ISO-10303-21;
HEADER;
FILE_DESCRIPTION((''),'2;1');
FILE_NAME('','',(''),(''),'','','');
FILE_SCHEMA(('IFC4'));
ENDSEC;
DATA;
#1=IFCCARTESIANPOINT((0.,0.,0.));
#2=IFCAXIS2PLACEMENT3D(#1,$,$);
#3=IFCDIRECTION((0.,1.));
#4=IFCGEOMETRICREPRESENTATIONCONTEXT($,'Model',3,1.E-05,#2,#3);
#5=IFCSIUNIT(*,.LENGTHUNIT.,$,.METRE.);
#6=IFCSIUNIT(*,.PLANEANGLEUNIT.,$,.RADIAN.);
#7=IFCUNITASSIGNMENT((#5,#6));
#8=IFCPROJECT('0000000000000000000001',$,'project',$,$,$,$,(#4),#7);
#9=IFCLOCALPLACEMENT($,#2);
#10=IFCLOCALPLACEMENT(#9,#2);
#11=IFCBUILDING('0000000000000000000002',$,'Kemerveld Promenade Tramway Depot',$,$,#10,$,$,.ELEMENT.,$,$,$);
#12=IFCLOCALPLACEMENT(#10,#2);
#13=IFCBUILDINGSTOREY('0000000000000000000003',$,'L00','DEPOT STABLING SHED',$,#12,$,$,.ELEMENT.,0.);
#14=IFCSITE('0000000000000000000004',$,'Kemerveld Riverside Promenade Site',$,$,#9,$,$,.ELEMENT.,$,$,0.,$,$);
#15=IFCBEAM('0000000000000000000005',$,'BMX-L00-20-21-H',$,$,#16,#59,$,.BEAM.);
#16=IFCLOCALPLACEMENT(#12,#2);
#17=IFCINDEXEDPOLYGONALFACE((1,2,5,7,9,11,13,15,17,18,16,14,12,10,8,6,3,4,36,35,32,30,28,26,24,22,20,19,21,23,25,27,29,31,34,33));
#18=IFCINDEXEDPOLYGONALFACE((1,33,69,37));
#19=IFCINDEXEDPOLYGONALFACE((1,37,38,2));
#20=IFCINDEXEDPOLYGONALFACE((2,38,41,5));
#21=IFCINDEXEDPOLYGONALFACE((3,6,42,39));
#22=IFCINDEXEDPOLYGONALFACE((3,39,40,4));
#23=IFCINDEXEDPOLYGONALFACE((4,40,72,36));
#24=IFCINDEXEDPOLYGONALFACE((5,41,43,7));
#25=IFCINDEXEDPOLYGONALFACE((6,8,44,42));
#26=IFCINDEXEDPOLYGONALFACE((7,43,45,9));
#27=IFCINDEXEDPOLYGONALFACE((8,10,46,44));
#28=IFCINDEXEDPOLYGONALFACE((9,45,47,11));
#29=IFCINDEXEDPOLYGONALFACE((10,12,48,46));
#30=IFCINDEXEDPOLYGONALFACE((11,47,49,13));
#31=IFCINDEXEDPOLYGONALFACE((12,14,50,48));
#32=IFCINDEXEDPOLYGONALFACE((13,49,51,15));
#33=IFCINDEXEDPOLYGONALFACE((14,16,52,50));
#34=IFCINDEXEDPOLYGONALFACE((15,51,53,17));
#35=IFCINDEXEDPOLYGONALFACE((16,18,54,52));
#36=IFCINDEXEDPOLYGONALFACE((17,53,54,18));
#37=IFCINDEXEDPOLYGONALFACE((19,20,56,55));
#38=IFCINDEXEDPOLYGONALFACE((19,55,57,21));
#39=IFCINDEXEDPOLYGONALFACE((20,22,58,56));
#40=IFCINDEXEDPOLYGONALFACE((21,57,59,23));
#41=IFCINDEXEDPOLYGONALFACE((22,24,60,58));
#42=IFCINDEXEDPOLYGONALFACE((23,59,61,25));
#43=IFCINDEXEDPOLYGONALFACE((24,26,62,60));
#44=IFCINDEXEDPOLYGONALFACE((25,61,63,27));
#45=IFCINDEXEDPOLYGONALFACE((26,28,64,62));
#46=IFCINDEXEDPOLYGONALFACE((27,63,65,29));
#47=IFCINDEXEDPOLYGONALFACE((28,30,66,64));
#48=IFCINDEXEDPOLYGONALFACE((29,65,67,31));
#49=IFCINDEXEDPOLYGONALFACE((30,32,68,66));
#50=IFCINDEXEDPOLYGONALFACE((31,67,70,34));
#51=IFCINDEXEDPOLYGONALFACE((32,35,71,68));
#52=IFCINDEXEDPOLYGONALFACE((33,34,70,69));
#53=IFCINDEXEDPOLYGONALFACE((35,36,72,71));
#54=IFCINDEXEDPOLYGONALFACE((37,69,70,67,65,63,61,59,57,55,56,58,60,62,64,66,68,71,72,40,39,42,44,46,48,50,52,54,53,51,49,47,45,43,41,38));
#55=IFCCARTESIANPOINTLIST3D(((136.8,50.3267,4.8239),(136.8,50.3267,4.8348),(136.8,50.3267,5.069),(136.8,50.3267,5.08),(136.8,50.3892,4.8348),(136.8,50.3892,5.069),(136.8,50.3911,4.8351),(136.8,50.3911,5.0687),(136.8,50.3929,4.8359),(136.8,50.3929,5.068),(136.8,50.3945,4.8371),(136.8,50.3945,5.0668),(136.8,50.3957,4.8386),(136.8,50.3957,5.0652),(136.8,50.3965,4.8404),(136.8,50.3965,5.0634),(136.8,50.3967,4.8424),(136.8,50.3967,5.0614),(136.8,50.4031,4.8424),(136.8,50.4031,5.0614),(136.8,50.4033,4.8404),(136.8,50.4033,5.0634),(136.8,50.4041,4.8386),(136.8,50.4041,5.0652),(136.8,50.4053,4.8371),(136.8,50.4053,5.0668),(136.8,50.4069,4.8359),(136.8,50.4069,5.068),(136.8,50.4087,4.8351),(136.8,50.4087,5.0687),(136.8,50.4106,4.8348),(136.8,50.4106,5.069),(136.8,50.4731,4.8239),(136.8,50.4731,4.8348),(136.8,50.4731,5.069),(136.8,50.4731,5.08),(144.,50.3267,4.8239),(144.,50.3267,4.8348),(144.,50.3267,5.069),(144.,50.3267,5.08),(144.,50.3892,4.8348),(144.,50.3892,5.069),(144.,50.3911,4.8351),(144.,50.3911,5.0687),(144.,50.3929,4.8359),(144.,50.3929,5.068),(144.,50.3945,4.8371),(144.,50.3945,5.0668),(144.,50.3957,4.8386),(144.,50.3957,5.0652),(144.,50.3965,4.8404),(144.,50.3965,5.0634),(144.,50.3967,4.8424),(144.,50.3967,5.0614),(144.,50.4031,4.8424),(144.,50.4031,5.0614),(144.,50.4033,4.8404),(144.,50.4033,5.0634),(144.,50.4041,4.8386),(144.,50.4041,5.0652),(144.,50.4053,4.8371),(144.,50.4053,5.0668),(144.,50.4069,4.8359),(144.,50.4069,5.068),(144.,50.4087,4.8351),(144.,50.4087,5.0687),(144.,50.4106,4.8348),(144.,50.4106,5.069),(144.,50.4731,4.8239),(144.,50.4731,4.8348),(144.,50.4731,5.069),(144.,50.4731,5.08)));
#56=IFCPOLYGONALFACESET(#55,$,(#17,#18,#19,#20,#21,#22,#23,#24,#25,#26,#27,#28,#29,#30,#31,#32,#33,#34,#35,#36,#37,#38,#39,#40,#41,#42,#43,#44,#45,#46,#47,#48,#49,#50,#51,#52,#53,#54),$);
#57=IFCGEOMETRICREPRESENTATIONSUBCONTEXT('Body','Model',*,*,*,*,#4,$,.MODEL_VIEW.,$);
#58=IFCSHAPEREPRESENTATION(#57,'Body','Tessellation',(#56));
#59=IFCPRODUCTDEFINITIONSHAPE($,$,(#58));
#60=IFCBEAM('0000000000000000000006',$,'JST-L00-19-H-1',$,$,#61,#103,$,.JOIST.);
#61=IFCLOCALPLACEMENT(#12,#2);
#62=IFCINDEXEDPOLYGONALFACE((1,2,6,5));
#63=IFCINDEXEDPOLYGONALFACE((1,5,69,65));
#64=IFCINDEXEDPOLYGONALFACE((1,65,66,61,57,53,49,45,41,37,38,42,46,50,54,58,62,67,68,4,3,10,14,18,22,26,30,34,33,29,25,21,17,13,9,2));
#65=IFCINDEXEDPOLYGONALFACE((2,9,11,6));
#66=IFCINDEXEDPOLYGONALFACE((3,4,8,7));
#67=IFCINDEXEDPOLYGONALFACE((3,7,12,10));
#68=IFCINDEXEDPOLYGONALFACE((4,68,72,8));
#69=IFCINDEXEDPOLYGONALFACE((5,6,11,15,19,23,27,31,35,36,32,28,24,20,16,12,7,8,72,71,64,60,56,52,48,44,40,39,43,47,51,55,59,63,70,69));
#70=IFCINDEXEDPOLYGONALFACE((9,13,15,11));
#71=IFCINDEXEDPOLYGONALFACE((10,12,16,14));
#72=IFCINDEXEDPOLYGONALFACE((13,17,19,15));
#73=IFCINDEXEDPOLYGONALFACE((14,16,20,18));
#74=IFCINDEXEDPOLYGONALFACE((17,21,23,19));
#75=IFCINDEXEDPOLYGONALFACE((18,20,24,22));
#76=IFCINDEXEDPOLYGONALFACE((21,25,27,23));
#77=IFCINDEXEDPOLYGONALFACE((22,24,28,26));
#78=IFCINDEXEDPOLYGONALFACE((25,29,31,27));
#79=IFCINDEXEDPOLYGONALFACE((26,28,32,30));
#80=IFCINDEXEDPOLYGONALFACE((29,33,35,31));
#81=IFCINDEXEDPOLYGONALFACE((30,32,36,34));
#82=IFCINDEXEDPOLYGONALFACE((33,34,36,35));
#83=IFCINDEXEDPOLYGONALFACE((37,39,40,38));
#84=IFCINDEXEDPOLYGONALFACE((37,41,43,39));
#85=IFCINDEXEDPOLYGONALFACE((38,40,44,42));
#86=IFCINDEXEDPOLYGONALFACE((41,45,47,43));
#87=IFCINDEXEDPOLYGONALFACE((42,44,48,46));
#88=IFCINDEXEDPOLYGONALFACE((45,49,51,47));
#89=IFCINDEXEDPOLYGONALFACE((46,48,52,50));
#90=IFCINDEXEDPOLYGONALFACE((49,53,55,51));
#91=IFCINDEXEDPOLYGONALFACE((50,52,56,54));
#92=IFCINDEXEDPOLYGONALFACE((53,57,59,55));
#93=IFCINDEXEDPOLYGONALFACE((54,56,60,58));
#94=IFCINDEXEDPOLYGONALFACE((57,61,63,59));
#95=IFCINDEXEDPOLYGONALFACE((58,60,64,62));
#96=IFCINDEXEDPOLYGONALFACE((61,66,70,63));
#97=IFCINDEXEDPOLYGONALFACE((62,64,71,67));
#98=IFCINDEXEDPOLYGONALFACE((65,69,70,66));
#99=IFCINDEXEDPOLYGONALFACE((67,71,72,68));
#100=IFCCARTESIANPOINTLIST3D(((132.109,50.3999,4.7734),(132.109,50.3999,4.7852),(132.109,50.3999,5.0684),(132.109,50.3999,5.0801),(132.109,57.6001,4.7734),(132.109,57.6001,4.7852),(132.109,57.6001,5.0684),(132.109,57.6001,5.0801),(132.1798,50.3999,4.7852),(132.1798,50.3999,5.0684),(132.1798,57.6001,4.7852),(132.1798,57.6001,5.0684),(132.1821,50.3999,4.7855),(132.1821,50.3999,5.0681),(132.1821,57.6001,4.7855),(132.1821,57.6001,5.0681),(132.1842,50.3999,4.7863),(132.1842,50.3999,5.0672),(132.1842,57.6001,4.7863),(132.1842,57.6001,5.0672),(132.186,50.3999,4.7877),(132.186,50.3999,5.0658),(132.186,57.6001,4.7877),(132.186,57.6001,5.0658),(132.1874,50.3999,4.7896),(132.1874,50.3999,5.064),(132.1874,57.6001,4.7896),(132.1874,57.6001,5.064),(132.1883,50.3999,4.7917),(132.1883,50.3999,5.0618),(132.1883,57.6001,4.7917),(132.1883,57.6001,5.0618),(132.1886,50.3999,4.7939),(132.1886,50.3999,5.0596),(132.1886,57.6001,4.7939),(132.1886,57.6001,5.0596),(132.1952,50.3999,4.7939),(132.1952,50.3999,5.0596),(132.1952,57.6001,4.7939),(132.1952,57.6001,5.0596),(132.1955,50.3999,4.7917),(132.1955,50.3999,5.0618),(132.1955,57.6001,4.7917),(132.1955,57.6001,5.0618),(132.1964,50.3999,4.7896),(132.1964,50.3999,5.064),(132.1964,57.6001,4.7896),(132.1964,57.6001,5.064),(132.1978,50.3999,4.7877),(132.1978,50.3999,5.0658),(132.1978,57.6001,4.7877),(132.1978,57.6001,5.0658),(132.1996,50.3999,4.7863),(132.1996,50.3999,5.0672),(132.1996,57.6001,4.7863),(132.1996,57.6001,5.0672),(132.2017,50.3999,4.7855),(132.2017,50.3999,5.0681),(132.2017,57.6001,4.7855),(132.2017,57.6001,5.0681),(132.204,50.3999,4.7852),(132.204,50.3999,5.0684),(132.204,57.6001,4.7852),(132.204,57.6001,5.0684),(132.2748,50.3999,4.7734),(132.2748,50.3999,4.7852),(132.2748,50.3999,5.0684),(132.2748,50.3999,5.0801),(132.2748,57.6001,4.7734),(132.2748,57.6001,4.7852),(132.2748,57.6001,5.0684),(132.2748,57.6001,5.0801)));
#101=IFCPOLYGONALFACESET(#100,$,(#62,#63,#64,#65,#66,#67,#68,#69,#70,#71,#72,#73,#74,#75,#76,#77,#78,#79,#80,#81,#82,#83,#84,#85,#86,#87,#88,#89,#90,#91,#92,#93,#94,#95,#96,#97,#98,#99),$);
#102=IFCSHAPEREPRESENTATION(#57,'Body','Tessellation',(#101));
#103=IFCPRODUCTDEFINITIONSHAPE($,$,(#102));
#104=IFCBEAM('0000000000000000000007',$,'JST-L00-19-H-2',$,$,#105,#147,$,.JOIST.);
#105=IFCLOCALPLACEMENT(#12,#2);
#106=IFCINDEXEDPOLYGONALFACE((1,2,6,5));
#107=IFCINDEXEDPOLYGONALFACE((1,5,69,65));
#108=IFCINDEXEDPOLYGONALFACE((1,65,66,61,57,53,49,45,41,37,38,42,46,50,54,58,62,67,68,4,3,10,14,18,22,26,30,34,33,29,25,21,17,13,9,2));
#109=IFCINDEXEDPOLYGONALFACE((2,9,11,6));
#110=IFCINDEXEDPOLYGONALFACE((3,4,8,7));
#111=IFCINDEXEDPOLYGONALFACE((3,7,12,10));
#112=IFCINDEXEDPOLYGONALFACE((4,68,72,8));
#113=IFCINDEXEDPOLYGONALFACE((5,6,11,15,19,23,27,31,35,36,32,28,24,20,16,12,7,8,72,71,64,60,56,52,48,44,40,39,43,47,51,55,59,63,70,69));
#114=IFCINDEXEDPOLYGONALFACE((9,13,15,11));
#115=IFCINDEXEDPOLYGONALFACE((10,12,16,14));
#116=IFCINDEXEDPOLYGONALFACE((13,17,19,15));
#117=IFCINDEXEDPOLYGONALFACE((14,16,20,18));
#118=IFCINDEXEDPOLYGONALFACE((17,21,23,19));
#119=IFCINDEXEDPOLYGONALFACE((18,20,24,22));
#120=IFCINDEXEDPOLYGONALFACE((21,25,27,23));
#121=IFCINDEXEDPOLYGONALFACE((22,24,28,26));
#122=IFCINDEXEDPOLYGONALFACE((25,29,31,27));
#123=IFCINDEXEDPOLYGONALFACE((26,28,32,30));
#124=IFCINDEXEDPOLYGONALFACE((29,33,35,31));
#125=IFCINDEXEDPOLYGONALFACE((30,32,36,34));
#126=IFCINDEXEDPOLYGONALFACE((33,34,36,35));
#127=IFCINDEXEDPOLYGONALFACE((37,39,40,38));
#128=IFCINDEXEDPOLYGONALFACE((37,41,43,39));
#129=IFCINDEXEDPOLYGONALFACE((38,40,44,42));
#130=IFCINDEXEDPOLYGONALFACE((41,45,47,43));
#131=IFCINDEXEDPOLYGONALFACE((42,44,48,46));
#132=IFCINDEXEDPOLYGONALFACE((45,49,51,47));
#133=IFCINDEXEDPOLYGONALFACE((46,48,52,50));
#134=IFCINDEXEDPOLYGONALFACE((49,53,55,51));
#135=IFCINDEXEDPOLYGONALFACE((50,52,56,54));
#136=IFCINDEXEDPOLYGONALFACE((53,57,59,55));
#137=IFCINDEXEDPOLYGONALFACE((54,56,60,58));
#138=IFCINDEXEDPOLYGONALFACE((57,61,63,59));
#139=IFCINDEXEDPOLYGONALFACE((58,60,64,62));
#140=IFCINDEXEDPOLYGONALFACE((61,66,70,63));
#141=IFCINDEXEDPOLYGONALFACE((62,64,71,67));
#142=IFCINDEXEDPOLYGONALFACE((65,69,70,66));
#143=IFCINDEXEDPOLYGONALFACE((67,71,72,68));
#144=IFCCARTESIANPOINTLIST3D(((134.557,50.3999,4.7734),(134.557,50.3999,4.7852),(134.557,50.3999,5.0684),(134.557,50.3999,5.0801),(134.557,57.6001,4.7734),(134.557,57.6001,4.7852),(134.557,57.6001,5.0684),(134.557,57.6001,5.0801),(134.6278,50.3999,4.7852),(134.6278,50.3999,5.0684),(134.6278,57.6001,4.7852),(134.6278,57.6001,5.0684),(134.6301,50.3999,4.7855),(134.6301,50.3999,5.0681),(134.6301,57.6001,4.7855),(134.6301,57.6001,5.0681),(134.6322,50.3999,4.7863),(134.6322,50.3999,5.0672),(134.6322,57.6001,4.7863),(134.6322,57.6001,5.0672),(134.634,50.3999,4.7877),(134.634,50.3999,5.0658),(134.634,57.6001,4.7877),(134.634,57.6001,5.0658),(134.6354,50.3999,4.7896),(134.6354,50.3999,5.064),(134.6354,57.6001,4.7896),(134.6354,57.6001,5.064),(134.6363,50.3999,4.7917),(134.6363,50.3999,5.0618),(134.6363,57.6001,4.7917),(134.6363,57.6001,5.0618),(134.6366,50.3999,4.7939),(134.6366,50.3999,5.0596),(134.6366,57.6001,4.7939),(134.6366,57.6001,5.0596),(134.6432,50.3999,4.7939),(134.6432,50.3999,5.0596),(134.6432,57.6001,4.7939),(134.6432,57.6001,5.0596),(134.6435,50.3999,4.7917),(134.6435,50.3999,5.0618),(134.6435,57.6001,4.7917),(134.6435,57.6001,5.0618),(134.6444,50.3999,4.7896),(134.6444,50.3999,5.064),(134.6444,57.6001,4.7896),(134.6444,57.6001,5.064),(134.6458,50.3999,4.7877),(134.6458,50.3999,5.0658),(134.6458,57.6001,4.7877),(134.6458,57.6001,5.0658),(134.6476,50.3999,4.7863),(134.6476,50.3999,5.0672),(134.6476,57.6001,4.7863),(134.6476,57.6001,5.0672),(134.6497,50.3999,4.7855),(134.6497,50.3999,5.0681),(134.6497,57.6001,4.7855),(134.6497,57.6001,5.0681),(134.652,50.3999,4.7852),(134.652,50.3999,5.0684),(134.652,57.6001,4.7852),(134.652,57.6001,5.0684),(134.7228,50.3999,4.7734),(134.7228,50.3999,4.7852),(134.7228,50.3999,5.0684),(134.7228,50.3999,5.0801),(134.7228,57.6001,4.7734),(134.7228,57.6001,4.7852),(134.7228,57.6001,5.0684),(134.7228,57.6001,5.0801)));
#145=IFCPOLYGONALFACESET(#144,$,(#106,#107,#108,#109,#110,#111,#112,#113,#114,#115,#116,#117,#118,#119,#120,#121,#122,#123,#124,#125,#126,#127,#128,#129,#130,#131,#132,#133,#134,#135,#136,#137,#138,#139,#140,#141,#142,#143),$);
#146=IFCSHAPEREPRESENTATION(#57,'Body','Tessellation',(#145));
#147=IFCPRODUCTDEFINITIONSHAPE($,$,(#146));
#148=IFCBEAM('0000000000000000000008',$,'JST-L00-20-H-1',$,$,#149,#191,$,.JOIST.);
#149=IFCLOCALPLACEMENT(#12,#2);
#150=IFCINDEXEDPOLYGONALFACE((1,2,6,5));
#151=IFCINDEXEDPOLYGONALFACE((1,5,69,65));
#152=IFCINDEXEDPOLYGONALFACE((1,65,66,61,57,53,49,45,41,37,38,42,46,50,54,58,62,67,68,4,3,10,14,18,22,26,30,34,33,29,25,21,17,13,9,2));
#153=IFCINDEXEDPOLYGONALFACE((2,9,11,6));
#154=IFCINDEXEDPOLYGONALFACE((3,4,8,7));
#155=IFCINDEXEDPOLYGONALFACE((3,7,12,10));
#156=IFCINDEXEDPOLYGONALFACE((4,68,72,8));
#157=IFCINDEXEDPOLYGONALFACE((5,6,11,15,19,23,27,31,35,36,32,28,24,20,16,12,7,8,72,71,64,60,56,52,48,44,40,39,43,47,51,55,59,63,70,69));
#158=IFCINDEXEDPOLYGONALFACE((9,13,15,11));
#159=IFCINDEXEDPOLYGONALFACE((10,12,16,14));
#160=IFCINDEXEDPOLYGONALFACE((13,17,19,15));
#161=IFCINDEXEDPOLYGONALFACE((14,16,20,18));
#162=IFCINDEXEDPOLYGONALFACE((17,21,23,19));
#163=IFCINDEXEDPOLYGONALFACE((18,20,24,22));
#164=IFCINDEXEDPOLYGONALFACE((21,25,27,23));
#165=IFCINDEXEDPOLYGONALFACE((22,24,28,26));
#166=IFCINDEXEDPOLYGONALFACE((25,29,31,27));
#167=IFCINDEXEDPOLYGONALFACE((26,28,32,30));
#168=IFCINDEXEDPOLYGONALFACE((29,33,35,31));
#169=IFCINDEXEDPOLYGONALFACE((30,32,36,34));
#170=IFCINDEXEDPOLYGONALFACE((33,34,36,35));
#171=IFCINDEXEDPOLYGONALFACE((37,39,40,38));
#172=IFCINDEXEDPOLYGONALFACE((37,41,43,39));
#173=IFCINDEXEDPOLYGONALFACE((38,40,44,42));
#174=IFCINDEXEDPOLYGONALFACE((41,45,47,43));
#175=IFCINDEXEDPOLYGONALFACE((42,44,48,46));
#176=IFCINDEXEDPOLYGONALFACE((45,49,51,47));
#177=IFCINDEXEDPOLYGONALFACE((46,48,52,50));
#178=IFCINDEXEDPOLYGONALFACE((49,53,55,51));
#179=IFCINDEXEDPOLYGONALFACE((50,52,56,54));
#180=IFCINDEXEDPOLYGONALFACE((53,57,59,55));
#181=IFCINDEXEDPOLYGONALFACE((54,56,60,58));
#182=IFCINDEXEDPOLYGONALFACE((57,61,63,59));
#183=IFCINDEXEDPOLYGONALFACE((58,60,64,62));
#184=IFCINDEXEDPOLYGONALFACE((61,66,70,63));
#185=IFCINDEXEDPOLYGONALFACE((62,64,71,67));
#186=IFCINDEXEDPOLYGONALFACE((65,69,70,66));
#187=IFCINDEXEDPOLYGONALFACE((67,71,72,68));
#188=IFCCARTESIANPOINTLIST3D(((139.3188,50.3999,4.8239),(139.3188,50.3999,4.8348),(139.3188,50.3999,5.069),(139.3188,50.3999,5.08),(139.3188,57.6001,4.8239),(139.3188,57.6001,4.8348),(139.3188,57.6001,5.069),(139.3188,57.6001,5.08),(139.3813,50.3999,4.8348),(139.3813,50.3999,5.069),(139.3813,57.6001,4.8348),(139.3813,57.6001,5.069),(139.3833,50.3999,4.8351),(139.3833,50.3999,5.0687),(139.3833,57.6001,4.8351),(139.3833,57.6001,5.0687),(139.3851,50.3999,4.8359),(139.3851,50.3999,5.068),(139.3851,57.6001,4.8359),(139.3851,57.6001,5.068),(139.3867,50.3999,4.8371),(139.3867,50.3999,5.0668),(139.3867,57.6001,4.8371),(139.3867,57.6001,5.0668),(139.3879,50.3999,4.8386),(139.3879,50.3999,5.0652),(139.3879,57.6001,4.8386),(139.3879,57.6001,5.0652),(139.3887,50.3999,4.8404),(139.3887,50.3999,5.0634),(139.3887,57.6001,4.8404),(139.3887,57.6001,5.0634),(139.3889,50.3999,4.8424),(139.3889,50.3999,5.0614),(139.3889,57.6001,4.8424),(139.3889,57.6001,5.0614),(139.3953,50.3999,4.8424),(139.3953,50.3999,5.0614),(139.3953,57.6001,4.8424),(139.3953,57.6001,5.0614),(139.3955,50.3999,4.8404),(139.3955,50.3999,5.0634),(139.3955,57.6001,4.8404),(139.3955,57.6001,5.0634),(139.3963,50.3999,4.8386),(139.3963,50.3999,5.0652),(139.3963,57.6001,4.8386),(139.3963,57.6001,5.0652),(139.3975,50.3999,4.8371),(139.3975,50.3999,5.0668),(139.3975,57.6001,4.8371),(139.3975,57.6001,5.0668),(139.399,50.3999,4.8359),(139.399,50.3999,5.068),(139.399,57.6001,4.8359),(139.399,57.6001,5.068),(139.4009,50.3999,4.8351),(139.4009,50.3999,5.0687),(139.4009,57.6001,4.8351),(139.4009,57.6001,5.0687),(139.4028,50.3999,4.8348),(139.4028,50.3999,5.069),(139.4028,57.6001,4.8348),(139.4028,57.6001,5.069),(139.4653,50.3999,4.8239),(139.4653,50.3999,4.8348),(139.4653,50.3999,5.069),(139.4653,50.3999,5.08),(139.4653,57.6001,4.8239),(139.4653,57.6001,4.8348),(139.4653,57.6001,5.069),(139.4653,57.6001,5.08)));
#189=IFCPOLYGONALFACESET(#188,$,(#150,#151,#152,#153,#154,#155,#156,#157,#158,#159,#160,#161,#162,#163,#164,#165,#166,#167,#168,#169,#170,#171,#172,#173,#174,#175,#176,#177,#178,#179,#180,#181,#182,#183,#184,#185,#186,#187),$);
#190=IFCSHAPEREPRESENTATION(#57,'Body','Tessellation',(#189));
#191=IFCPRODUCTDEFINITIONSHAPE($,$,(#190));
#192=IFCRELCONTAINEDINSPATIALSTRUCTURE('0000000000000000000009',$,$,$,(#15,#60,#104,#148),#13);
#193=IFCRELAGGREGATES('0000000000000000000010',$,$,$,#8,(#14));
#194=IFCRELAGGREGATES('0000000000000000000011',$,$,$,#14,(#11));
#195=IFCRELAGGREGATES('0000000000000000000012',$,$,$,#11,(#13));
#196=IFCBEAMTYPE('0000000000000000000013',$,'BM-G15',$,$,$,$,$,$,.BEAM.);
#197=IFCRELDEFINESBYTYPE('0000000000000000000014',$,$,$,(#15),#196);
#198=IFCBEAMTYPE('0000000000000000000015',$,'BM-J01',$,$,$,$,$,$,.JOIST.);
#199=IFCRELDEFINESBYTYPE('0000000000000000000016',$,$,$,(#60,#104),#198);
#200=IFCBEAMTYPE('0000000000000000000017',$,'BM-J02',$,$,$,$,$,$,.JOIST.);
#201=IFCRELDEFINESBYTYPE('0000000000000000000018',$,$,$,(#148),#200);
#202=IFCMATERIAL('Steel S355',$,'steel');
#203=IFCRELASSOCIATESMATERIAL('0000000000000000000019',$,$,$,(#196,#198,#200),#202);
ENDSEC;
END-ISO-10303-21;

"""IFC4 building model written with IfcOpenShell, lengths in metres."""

from ifc_helpers import new_model, si_unit, direction, frame, origin, origin_2d, place, context, subcontext, project, spatial, i_section, extrude, material, material_profile, profile_set, type_object, element, save


model = new_model("IFC4")

# Units and contexts
model_context = context("Model", 3, precision=1e-05, world=origin(), true_north=direction((0.0, 1.0)))
body_context = subcontext(model_context, "Body", "Model", "MODEL_VIEW")
ifc_project = project(units=[si_unit("LENGTHUNIT", "METRE"), si_unit("PLANEANGLEUNIT", "RADIAN")], contexts=[model_context])

# Site, building, storey
site_placement = place(None, origin())
site = spatial("IfcSite", under=ifc_project, at=site_placement, Name="Kemerveld Riverside Promenade Site", CompositionType="ELEMENT", RefElevation=0.0)
building_placement = place(site_placement, origin())
building = spatial("IfcBuilding", under=site, at=building_placement, Name="Kemerveld Promenade Tramway Depot", CompositionType="ELEMENT")
storey_placement = place(building_placement, origin())
storey = spatial("IfcBuildingStorey", under=building, at=storey_placement, Name="L00", Description="DEPOT STABLING SHED", CompositionType="ELEMENT", Elevation=0.0)

# Beams
ifc_material_1 = material(Name="Steel S355", Category="steel")
ifc_material_profile_1 = material_profile(ifc_material_1, i_section(OverallWidth=0.1465, OverallDepth=0.2561, WebThickness=0.0063, FlangeThickness=0.011, FilletRadius=0.0076, at=origin_2d()), Name="254x146x37 UB")
ifc_profile_set_1 = profile_set([ifc_material_profile_1], Name="Steel S355")
beam_type_1 = type_object("IfcBeamType", Name="BM-G15", PredefinedType="BEAM", material=ifc_profile_set_1)
beam_1_placement = place(storey_placement, frame((136.8, 50.3999, 4.9519), z_axis=(1.0, 0.0, 0.0), x_axis=(0.0, 1.0, 0.0)))
element("IfcBeam", 1, at=beam_1_placement, inside=storey, type_object=beam_type_1, Name="BMX-L00-20-21-H", PredefinedType="BEAM", context=body_context, shape_type="SweptSolid", body=[
    extrude(i_section(OverallWidth=0.1465, OverallDepth=0.2561, WebThickness=0.0063, FlangeThickness=0.011, FilletRadius=0.0076, at=origin_2d()), origin(), (0.0, 0.0, 1.0), 7.2),
])
ifc_material_profile_2 = material_profile(ifc_material_1, i_section(OverallWidth=0.1658, OverallDepth=0.3066, WebThickness=0.0066, FlangeThickness=0.0117, FilletRadius=0.0088, at=origin_2d()), Name="305x165x46 UB")
ifc_profile_set_2 = profile_set([ifc_material_profile_2], Name="Steel S355")
beam_type_2 = type_object("IfcBeamType", Name="BM-J01", PredefinedType="JOIST", material=ifc_profile_set_2)
for number, where, z_axis, x_axis, name in (
    (2, (132.1919, 50.3999, 4.9268), (0.0, 1.0, 0.0), (-1.0, 0.0, 0.0), "JST-L00-19-H-1"),
    (3, (134.6399, 50.3999, 4.9268), (0.0, 1.0, 0.0), (-1.0, 0.0, 0.0), "JST-L00-19-H-2"),
):
    element("IfcBeam", number, at=place(storey_placement, frame(where, z_axis=z_axis, x_axis=x_axis)), inside=storey, type_object=beam_type_2, Name=name, PredefinedType="JOIST", context=body_context, shape_type="SweptSolid", body=[
        extrude(i_section(OverallWidth=0.1658, OverallDepth=0.3066, WebThickness=0.0066, FlangeThickness=0.0117, FilletRadius=0.0088, at=origin_2d()), origin(), (0.0, 0.0, 1.0), 7.2002),
    ])
ifc_material_profile_3 = material_profile(ifc_material_1, i_section(OverallWidth=0.1465, OverallDepth=0.2561, WebThickness=0.0063, FlangeThickness=0.011, FilletRadius=0.0076, at=origin_2d()), Name="254x146x37 UB")
ifc_profile_set_3 = profile_set([ifc_material_profile_3], Name="Steel S355")
beam_type_3 = type_object("IfcBeamType", Name="BM-J02", PredefinedType="JOIST", material=ifc_profile_set_3)
for number, where, z_axis, x_axis, name in (
    (4, (139.3921, 50.3999, 4.9519), (0.0, 1.0, 0.0), (-1.0, 0.0, 0.0), "JST-L00-20-H-1"),
):
    element("IfcBeam", number, at=place(storey_placement, frame(where, z_axis=z_axis, x_axis=x_axis)), inside=storey, type_object=beam_type_3, Name=name, PredefinedType="JOIST", context=body_context, shape_type="SweptSolid", body=[
        extrude(i_section(OverallWidth=0.1465, OverallDepth=0.2561, WebThickness=0.0063, FlangeThickness=0.011, FilletRadius=0.0076, at=origin_2d()), origin(), (0.0, 0.0, 1.0), 7.2002),
    ])

save(model, "model.ifc")
